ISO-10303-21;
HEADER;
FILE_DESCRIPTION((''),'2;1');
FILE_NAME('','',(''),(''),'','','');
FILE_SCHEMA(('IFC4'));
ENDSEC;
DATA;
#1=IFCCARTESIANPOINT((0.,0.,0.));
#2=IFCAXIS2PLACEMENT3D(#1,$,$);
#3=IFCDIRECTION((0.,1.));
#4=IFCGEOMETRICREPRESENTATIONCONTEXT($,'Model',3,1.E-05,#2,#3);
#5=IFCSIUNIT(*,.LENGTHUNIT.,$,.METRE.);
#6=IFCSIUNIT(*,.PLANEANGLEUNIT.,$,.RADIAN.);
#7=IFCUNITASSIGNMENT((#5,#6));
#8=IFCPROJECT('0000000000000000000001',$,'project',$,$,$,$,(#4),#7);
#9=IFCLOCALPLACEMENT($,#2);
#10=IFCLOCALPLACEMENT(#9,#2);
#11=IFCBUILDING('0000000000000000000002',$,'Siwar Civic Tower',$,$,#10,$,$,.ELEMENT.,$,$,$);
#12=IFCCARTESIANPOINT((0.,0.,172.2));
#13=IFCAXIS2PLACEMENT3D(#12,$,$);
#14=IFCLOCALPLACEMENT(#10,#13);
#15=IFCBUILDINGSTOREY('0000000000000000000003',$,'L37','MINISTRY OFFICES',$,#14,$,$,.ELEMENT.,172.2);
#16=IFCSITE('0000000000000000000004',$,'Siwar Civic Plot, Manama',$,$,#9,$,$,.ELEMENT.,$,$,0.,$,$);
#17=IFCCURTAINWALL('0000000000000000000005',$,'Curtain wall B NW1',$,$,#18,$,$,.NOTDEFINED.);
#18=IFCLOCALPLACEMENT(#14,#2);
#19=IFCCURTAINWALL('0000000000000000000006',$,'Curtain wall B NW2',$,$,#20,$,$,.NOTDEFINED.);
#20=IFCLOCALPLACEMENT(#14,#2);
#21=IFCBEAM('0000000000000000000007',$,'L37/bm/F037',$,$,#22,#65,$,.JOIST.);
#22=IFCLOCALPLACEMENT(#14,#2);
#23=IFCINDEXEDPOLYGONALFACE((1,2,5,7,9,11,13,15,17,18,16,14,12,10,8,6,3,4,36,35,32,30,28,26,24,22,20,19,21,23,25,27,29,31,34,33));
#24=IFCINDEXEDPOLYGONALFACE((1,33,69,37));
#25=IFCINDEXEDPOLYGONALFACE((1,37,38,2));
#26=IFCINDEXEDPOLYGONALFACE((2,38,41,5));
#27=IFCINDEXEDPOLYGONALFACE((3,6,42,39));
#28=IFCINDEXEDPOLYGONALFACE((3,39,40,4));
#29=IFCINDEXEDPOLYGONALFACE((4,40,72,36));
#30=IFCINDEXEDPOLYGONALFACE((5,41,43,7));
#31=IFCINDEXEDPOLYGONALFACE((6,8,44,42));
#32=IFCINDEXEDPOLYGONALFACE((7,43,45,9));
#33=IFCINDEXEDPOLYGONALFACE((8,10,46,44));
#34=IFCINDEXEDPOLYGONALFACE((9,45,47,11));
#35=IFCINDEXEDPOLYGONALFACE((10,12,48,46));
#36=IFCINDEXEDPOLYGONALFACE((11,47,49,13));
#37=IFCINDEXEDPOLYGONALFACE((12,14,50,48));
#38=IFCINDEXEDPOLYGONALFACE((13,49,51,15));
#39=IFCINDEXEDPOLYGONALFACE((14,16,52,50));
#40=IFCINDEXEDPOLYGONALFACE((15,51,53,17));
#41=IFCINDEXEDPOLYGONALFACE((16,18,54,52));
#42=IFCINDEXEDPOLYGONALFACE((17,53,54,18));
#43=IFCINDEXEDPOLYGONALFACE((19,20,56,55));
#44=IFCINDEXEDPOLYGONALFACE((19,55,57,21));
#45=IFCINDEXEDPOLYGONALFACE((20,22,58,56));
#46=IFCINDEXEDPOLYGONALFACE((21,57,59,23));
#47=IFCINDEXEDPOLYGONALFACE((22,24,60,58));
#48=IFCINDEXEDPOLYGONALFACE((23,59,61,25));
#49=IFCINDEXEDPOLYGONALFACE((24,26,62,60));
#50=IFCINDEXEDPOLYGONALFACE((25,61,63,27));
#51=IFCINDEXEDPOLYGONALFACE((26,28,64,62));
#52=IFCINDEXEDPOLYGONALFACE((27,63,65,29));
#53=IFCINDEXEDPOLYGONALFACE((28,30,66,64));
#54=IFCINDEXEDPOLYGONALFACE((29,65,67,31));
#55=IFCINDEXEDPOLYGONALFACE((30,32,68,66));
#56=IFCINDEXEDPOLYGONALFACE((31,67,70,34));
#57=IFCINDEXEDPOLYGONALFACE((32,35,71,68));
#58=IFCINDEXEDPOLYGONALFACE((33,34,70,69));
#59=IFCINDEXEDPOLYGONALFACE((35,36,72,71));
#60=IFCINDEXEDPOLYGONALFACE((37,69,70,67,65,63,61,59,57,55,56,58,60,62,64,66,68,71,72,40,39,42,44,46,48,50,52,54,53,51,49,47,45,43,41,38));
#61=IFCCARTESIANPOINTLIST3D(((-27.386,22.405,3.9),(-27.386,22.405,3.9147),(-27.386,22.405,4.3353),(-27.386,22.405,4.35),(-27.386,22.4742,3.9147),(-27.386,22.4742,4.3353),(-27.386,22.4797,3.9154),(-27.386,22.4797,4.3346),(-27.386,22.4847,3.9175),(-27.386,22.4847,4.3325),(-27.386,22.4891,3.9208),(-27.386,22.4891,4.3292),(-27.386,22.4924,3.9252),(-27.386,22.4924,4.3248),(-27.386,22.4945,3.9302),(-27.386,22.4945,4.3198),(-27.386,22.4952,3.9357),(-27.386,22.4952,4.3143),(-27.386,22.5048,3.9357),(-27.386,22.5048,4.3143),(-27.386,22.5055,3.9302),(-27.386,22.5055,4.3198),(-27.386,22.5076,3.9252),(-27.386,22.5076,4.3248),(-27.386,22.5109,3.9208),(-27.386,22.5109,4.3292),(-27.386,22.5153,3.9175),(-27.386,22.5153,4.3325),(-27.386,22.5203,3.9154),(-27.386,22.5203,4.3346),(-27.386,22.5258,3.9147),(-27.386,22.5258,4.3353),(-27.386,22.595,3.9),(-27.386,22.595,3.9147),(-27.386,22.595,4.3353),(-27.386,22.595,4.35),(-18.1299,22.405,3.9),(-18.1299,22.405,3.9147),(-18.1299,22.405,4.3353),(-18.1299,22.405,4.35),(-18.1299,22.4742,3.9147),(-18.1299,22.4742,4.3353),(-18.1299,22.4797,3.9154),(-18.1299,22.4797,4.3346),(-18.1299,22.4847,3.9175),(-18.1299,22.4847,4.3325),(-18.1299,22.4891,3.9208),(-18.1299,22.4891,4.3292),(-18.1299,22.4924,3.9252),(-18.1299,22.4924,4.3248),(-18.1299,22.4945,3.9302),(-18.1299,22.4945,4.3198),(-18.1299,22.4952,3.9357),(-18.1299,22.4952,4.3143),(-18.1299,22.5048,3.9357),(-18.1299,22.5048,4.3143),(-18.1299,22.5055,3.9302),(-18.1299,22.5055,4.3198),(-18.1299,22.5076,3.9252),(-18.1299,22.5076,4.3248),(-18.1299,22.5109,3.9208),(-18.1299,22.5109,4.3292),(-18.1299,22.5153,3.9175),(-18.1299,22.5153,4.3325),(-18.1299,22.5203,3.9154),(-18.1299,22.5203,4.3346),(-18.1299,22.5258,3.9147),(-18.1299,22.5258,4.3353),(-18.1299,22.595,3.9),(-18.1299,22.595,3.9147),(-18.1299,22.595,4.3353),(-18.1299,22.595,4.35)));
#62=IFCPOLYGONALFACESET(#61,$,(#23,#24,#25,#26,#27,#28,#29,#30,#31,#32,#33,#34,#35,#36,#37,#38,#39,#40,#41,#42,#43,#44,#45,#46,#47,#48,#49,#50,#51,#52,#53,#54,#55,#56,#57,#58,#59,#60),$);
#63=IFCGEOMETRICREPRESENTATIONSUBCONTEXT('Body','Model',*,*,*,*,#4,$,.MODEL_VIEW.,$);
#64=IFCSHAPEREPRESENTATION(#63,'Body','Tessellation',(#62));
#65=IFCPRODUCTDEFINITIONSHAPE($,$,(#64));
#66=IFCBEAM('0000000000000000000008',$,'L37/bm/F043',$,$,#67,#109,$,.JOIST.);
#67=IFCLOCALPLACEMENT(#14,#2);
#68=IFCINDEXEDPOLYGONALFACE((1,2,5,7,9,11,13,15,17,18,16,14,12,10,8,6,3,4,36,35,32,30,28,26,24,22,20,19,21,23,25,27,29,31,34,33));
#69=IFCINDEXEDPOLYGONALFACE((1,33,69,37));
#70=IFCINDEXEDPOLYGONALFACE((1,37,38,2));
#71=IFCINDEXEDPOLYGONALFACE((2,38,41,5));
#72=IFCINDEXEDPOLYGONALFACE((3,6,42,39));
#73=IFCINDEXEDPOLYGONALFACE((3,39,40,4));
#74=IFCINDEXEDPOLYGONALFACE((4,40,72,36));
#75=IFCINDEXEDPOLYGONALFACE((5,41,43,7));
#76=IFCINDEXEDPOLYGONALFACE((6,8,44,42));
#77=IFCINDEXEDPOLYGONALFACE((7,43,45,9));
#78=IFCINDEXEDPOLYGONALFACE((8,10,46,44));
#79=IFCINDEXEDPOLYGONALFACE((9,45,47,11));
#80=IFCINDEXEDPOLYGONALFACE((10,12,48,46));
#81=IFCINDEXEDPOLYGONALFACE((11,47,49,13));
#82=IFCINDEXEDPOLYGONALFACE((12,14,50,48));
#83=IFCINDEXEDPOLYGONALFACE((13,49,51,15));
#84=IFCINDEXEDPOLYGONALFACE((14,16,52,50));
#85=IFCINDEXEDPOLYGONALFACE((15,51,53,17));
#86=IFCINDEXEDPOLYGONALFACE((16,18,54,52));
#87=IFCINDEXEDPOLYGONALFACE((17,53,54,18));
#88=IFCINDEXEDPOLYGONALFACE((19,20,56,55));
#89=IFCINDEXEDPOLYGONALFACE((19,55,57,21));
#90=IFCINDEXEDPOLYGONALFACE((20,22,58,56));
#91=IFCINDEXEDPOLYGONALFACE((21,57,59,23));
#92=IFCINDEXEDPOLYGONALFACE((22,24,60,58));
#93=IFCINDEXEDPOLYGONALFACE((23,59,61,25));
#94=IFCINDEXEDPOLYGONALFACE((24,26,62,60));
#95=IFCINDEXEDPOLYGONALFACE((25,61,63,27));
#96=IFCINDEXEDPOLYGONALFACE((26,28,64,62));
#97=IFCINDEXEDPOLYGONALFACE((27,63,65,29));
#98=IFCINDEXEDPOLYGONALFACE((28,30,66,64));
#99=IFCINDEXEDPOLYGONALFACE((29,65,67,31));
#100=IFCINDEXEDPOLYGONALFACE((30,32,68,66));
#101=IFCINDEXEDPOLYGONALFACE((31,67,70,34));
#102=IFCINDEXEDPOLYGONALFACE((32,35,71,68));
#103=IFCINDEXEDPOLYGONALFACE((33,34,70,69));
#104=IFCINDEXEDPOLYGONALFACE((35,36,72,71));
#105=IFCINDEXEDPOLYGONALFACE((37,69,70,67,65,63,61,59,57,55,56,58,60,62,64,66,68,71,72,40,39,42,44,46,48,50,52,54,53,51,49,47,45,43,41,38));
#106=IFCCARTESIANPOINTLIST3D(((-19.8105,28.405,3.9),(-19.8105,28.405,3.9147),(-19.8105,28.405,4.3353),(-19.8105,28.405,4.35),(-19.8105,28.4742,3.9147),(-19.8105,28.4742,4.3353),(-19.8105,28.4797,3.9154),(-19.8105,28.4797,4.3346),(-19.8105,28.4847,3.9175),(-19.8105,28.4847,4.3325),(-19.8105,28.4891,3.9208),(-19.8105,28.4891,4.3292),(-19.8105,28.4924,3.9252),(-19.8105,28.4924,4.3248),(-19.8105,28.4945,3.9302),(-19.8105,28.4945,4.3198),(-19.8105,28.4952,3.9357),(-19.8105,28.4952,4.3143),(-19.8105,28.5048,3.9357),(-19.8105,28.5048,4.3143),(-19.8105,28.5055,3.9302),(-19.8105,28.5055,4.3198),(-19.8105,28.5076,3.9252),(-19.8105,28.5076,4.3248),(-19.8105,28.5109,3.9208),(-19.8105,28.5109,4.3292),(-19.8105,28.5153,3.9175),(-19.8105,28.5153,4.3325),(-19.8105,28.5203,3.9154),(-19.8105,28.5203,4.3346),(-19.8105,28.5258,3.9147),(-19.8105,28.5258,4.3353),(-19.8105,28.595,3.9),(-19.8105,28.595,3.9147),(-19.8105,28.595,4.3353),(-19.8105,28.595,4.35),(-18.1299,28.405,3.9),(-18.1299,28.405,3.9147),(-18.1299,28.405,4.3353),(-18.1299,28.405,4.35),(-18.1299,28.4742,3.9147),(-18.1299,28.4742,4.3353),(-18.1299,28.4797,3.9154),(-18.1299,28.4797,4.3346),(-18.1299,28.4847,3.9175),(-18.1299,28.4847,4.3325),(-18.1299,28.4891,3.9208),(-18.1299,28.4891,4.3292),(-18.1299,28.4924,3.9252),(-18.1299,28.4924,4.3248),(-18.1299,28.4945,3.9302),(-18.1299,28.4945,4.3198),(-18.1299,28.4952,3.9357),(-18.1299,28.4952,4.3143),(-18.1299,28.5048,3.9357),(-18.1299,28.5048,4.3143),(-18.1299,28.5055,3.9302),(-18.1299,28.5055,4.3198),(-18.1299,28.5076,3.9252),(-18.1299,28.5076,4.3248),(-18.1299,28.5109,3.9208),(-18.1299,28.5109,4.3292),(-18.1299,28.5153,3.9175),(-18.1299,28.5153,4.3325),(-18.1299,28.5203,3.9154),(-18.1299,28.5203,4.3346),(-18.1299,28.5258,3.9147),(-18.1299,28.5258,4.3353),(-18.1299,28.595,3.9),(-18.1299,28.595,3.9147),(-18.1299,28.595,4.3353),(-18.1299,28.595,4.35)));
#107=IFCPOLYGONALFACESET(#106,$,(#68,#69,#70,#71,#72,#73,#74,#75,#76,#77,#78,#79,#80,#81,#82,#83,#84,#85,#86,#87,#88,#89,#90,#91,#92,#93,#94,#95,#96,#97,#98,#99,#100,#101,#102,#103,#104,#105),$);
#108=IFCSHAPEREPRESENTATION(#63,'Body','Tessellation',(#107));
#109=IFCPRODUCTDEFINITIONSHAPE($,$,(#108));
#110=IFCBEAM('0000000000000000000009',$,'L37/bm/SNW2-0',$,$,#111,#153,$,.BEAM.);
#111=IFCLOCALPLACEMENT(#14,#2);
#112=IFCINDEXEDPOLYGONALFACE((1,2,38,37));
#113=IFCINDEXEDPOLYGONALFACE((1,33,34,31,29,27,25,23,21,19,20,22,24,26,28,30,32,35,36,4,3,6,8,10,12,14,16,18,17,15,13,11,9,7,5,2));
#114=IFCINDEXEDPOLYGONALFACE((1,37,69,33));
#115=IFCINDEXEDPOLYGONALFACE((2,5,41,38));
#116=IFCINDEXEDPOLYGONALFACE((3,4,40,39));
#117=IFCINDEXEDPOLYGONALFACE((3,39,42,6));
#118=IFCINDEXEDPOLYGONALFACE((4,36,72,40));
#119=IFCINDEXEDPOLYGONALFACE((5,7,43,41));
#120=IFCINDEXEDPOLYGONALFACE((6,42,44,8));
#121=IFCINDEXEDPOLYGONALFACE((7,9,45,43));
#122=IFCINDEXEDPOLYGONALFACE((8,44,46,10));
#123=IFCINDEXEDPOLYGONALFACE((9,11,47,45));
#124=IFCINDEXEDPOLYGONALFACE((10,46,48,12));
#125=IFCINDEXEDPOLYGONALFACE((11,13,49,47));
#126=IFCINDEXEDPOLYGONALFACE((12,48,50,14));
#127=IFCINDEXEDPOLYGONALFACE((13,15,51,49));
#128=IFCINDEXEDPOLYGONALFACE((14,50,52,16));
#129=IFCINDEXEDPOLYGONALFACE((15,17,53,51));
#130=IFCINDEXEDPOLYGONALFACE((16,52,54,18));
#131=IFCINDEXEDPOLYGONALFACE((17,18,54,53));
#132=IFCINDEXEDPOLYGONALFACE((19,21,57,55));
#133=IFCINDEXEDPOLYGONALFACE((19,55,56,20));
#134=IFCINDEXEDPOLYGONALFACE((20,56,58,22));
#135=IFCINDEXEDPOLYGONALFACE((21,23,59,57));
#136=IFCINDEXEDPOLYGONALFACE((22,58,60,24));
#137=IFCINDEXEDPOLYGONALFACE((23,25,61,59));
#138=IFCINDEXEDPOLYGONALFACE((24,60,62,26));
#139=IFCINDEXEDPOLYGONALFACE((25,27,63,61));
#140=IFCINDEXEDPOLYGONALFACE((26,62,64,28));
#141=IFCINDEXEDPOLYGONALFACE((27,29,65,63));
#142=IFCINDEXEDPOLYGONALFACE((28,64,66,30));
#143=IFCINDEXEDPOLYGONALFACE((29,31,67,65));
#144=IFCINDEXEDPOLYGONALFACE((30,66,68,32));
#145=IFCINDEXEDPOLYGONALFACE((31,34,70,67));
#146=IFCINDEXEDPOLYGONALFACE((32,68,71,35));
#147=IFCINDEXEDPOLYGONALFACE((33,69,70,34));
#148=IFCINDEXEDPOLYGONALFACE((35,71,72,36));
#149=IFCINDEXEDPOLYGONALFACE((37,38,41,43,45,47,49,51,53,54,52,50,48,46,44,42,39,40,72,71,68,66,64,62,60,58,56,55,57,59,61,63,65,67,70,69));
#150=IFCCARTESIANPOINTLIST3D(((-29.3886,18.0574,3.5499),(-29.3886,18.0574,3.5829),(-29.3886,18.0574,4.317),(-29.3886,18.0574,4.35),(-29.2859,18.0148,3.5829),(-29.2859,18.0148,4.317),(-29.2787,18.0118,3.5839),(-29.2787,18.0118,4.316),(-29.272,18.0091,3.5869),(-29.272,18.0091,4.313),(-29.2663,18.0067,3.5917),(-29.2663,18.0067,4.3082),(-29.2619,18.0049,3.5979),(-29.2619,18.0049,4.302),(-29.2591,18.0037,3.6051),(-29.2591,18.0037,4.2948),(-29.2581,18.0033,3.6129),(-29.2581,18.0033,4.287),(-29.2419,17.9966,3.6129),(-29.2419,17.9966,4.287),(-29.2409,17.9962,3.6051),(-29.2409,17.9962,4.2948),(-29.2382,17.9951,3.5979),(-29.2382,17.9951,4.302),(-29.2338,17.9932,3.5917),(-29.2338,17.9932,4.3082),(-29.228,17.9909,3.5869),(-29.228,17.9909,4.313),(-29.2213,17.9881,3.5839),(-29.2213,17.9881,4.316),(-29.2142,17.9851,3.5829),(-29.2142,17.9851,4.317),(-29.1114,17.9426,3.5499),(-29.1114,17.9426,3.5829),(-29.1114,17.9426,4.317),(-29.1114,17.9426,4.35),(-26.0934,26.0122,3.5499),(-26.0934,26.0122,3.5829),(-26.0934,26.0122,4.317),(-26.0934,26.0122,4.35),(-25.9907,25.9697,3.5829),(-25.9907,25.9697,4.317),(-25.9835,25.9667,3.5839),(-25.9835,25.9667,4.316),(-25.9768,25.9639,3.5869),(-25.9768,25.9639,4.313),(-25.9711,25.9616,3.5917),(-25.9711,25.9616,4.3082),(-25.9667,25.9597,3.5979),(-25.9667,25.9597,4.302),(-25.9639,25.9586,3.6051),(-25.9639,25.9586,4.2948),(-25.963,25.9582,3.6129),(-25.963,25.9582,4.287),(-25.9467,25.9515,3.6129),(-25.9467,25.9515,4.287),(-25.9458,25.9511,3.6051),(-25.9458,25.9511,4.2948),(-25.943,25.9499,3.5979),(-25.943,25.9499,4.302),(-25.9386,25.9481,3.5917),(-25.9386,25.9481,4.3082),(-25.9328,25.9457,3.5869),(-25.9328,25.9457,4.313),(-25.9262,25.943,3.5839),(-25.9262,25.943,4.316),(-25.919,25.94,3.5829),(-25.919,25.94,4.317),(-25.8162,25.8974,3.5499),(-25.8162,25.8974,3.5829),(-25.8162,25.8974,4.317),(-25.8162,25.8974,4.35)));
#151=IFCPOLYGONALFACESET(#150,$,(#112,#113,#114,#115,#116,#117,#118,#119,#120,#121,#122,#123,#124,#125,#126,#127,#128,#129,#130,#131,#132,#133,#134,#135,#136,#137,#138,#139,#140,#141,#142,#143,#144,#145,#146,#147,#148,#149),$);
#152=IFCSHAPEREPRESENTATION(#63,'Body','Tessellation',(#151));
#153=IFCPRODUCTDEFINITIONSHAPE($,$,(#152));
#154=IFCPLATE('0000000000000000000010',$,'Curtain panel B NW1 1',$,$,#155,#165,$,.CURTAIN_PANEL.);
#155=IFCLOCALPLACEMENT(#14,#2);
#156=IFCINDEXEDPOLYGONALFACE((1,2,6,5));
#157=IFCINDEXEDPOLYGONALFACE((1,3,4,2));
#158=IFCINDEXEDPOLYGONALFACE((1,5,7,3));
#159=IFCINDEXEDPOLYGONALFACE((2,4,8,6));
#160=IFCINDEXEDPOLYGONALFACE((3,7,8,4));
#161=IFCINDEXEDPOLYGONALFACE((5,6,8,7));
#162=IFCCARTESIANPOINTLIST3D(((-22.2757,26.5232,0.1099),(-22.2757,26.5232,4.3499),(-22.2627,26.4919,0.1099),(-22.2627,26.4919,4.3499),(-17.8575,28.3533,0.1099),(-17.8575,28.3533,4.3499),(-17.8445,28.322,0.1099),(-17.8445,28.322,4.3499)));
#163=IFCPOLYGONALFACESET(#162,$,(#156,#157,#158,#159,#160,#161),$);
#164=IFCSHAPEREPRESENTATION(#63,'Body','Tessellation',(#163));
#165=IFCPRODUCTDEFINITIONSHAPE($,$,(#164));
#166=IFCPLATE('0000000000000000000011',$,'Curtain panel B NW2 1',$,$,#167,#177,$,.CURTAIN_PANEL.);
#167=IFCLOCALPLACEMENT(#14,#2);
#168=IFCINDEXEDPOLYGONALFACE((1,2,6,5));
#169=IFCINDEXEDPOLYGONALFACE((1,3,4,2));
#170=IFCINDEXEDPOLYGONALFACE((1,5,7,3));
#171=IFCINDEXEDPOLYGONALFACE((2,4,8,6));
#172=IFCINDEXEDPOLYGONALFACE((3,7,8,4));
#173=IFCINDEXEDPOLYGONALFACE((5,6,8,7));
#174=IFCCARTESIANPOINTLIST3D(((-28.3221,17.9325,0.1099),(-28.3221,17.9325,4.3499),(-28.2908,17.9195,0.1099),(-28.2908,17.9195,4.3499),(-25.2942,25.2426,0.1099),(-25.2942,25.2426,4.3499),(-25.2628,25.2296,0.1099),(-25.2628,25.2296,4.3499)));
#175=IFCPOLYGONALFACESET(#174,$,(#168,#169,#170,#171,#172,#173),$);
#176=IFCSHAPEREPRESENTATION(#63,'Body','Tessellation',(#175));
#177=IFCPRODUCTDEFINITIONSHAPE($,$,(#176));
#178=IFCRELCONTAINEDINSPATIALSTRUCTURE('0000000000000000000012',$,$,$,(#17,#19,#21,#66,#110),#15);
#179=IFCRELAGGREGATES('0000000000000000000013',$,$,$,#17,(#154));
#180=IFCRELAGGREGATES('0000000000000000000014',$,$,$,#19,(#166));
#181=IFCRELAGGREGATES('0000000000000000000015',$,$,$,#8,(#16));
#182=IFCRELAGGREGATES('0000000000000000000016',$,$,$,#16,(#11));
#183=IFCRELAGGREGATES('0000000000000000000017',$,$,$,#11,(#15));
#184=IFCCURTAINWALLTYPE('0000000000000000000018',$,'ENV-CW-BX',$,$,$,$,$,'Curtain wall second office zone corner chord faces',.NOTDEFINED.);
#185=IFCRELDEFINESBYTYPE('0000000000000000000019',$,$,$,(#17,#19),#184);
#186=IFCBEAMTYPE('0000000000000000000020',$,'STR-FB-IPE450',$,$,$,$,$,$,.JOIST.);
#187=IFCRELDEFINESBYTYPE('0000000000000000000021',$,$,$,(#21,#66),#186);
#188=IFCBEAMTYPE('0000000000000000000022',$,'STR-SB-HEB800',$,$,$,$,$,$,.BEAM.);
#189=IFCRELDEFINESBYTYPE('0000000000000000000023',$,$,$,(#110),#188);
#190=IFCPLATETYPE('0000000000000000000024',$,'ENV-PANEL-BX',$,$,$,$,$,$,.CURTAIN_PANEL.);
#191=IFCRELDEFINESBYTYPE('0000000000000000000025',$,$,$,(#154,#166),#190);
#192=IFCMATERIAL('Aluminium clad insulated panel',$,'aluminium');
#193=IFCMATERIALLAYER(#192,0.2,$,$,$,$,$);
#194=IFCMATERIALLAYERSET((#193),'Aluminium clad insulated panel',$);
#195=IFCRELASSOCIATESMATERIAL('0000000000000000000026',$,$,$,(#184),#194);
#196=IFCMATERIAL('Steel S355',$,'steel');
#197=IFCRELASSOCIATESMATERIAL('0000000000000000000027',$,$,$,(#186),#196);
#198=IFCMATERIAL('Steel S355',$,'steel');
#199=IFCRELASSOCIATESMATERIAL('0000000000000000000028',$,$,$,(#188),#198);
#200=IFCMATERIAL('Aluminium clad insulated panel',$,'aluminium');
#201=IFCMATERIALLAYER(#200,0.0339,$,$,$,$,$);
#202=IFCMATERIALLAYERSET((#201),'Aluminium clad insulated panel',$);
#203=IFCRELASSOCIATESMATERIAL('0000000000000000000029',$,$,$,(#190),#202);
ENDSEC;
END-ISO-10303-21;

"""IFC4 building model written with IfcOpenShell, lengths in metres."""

from ifc_helpers import new_model, si_unit, direction, frame, origin, origin_2d, place, context, subcontext, project, spatial, rectangle, i_section, extrude, material, layer, layer_set, material_profile, profile_set, type_object, element, aggregate, save


model = new_model("IFC4")

# Units and contexts
model_context = context("Model", 3, precision=1e-05, world=origin(), true_north=direction((0.0, 1.0)))
body_context = subcontext(model_context, "Body", "Model", "MODEL_VIEW")
ifc_project = project(units=[si_unit("LENGTHUNIT", "METRE"), si_unit("PLANEANGLEUNIT", "RADIAN")], contexts=[model_context])

# Site, building, storey
site_placement = place(None, origin())
site = spatial("IfcSite", under=ifc_project, at=site_placement, Name="Siwar Civic Plot, Manama", CompositionType="ELEMENT", RefElevation=0.0)
building_placement = place(site_placement, origin())
building = spatial("IfcBuilding", under=site, at=building_placement, Name="Siwar Civic Tower", CompositionType="ELEMENT")
storey_placement = place(building_placement, frame((0.0, 0.0, 172.2)))
storey = spatial("IfcBuildingStorey", under=building, at=storey_placement, Name="L37", Description="MINISTRY OFFICES", CompositionType="ELEMENT", Elevation=172.2)

# Curtain wall
ifc_material_1 = material(Name="Aluminium clad insulated panel", Category="aluminium")
ifc_layer_1 = layer(ifc_material_1, 0.2)
ifc_layer_set_1 = layer_set([ifc_layer_1], Name="Aluminium clad insulated panel")
curtain_wall_type = type_object("IfcCurtainWallType", Name="ENV-CW-BX", ElementType="Curtain wall second office zone corner chord faces", PredefinedType="NOTDEFINED", material=ifc_layer_set_1)
curtain_wall_1_placement = place(storey_placement, origin())
curtain_wall_1 = element("IfcCurtainWall", 1, at=curtain_wall_1_placement, inside=storey, type_object=curtain_wall_type, Name="Curtain wall B NW1", PredefinedType="NOTDEFINED")

# Curtain wall
curtain_wall_2_placement = place(storey_placement, origin())
curtain_wall_2 = element("IfcCurtainWall", 2, at=curtain_wall_2_placement, inside=storey, type_object=curtain_wall_type, Name="Curtain wall B NW2", PredefinedType="NOTDEFINED")

# Beams
ifc_material_2 = material(Name="Steel S355", Category="steel")
ifc_material_profile_1 = material_profile(ifc_material_2, i_section(OverallWidth=0.1899, OverallDepth=0.45, WebThickness=0.0095, FlangeThickness=0.0146, FilletRadius=0.021, at=origin_2d()), Name="IPE450")
ifc_profile_set_1 = profile_set([ifc_material_profile_1], Name="Steel S355")
beam_type_1 = type_object("IfcBeamType", Name="STR-FB-IPE450", PredefinedType="JOIST", material=ifc_profile_set_1)
beam_1_placement = place(storey_placement, frame((-27.386, 22.5, 4.125), z_axis=(1.0, 0.0, 0.0), x_axis=(0.0, 1.0, 0.0)))
element("IfcBeam", 3, at=beam_1_placement, inside=storey, type_object=beam_type_1, Name="L37/bm/F037", PredefinedType="JOIST", context=body_context, shape_type="SweptSolid", body=[
    extrude(i_section(OverallWidth=0.1899, OverallDepth=0.45, WebThickness=0.0095, FlangeThickness=0.0146, FilletRadius=0.021, at=origin_2d()), origin(), (0.0, 0.0, 1.0), 9.2561),
])
beam_2_placement = place(storey_placement, frame((-19.8105, 28.5, 4.125), z_axis=(1.0, 0.0, 0.0), x_axis=(0.0, 1.0, 0.0)))
element("IfcBeam", 4, at=beam_2_placement, inside=storey, type_object=beam_type_1, Name="L37/bm/F043", PredefinedType="JOIST", context=body_context, shape_type="SweptSolid", body=[
    extrude(i_section(OverallWidth=0.1899, OverallDepth=0.45, WebThickness=0.0095, FlangeThickness=0.0146, FilletRadius=0.021, at=origin_2d()), origin(), (0.0, 0.0, 1.0), 1.6807),
])
ifc_material_3 = material(Name="Steel S355", Category="steel")
ifc_material_profile_2 = material_profile(ifc_material_3, i_section(OverallWidth=0.3, OverallDepth=0.8, WebThickness=0.0176, FlangeThickness=0.033, FilletRadius=0.03, at=origin_2d()), Name="HEB800")
ifc_profile_set_2 = profile_set([ifc_material_profile_2], Name="Steel S355")
beam_type_2 = type_object("IfcBeamType", Name="STR-SB-HEB800", PredefinedType="BEAM", material=ifc_profile_set_2)
beam_3_placement = place(storey_placement, frame((-25.9548, 25.9548, 3.95), z_axis=(-0.3827, -0.923873, 0.0), x_axis=(0.923873, -0.3827, 0.0)))
element("IfcBeam", 5, at=beam_3_placement, inside=storey, type_object=beam_type_2, Name="L37/bm/SNW2-0", PredefinedType="BEAM", context=body_context, shape_type="SweptSolid", body=[
    extrude(i_section(OverallWidth=0.3, OverallDepth=0.8, WebThickness=0.0176, FlangeThickness=0.033, FilletRadius=0.03, at=origin_2d()), origin(), (0.0, 0.0, 1.0), 8.6104),
])

# Plates
ifc_material_4 = material(Name="Aluminium clad insulated panel", Category="aluminium")
ifc_layer_2 = layer(ifc_material_4, 0.0339)
ifc_layer_set_2 = layer_set([ifc_layer_2], Name="Aluminium clad insulated panel")
plate_type = type_object("IfcPlateType", Name="ENV-PANEL-BX", PredefinedType="CURTAIN_PANEL", material=ifc_layer_set_2)
plate_1_placement = place(storey_placement, frame((-20.0601, 27.4226, 0.1099), z_axis=(0.0, 0.0, 1.0), x_axis=(-0.92388, -0.382683, 0.0)))
plate_1 = element("IfcPlate", 6, at=plate_1_placement, type_object=plate_type, Name="Curtain panel B NW1 1", PredefinedType="CURTAIN_PANEL", context=body_context, shape_type="SweptSolid", body=[
    extrude(rectangle(XDim=4.7822, YDim=0.0339, at=origin_2d()), origin(), (0.0, 0.0, 1.0), 4.24),
])
aggregate(curtain_wall_1, [plate_1])
plate_2_placement = place(storey_placement, frame((-26.7925, 21.5811, 0.1099), z_axis=(0.0, 0.0, 1.0), x_axis=(-0.382683, -0.92388, 0.0)))
plate_2 = element("IfcPlate", 7, at=plate_2_placement, type_object=plate_type, Name="Curtain panel B NW2 1", PredefinedType="CURTAIN_PANEL", context=body_context, shape_type="SweptSolid", body=[
    extrude(rectangle(XDim=7.9124, YDim=0.0339, at=origin_2d()), origin(), (0.0, 0.0, 1.0), 4.24),
])
aggregate(curtain_wall_2, [plate_2])

save(model, "model.ifc")
